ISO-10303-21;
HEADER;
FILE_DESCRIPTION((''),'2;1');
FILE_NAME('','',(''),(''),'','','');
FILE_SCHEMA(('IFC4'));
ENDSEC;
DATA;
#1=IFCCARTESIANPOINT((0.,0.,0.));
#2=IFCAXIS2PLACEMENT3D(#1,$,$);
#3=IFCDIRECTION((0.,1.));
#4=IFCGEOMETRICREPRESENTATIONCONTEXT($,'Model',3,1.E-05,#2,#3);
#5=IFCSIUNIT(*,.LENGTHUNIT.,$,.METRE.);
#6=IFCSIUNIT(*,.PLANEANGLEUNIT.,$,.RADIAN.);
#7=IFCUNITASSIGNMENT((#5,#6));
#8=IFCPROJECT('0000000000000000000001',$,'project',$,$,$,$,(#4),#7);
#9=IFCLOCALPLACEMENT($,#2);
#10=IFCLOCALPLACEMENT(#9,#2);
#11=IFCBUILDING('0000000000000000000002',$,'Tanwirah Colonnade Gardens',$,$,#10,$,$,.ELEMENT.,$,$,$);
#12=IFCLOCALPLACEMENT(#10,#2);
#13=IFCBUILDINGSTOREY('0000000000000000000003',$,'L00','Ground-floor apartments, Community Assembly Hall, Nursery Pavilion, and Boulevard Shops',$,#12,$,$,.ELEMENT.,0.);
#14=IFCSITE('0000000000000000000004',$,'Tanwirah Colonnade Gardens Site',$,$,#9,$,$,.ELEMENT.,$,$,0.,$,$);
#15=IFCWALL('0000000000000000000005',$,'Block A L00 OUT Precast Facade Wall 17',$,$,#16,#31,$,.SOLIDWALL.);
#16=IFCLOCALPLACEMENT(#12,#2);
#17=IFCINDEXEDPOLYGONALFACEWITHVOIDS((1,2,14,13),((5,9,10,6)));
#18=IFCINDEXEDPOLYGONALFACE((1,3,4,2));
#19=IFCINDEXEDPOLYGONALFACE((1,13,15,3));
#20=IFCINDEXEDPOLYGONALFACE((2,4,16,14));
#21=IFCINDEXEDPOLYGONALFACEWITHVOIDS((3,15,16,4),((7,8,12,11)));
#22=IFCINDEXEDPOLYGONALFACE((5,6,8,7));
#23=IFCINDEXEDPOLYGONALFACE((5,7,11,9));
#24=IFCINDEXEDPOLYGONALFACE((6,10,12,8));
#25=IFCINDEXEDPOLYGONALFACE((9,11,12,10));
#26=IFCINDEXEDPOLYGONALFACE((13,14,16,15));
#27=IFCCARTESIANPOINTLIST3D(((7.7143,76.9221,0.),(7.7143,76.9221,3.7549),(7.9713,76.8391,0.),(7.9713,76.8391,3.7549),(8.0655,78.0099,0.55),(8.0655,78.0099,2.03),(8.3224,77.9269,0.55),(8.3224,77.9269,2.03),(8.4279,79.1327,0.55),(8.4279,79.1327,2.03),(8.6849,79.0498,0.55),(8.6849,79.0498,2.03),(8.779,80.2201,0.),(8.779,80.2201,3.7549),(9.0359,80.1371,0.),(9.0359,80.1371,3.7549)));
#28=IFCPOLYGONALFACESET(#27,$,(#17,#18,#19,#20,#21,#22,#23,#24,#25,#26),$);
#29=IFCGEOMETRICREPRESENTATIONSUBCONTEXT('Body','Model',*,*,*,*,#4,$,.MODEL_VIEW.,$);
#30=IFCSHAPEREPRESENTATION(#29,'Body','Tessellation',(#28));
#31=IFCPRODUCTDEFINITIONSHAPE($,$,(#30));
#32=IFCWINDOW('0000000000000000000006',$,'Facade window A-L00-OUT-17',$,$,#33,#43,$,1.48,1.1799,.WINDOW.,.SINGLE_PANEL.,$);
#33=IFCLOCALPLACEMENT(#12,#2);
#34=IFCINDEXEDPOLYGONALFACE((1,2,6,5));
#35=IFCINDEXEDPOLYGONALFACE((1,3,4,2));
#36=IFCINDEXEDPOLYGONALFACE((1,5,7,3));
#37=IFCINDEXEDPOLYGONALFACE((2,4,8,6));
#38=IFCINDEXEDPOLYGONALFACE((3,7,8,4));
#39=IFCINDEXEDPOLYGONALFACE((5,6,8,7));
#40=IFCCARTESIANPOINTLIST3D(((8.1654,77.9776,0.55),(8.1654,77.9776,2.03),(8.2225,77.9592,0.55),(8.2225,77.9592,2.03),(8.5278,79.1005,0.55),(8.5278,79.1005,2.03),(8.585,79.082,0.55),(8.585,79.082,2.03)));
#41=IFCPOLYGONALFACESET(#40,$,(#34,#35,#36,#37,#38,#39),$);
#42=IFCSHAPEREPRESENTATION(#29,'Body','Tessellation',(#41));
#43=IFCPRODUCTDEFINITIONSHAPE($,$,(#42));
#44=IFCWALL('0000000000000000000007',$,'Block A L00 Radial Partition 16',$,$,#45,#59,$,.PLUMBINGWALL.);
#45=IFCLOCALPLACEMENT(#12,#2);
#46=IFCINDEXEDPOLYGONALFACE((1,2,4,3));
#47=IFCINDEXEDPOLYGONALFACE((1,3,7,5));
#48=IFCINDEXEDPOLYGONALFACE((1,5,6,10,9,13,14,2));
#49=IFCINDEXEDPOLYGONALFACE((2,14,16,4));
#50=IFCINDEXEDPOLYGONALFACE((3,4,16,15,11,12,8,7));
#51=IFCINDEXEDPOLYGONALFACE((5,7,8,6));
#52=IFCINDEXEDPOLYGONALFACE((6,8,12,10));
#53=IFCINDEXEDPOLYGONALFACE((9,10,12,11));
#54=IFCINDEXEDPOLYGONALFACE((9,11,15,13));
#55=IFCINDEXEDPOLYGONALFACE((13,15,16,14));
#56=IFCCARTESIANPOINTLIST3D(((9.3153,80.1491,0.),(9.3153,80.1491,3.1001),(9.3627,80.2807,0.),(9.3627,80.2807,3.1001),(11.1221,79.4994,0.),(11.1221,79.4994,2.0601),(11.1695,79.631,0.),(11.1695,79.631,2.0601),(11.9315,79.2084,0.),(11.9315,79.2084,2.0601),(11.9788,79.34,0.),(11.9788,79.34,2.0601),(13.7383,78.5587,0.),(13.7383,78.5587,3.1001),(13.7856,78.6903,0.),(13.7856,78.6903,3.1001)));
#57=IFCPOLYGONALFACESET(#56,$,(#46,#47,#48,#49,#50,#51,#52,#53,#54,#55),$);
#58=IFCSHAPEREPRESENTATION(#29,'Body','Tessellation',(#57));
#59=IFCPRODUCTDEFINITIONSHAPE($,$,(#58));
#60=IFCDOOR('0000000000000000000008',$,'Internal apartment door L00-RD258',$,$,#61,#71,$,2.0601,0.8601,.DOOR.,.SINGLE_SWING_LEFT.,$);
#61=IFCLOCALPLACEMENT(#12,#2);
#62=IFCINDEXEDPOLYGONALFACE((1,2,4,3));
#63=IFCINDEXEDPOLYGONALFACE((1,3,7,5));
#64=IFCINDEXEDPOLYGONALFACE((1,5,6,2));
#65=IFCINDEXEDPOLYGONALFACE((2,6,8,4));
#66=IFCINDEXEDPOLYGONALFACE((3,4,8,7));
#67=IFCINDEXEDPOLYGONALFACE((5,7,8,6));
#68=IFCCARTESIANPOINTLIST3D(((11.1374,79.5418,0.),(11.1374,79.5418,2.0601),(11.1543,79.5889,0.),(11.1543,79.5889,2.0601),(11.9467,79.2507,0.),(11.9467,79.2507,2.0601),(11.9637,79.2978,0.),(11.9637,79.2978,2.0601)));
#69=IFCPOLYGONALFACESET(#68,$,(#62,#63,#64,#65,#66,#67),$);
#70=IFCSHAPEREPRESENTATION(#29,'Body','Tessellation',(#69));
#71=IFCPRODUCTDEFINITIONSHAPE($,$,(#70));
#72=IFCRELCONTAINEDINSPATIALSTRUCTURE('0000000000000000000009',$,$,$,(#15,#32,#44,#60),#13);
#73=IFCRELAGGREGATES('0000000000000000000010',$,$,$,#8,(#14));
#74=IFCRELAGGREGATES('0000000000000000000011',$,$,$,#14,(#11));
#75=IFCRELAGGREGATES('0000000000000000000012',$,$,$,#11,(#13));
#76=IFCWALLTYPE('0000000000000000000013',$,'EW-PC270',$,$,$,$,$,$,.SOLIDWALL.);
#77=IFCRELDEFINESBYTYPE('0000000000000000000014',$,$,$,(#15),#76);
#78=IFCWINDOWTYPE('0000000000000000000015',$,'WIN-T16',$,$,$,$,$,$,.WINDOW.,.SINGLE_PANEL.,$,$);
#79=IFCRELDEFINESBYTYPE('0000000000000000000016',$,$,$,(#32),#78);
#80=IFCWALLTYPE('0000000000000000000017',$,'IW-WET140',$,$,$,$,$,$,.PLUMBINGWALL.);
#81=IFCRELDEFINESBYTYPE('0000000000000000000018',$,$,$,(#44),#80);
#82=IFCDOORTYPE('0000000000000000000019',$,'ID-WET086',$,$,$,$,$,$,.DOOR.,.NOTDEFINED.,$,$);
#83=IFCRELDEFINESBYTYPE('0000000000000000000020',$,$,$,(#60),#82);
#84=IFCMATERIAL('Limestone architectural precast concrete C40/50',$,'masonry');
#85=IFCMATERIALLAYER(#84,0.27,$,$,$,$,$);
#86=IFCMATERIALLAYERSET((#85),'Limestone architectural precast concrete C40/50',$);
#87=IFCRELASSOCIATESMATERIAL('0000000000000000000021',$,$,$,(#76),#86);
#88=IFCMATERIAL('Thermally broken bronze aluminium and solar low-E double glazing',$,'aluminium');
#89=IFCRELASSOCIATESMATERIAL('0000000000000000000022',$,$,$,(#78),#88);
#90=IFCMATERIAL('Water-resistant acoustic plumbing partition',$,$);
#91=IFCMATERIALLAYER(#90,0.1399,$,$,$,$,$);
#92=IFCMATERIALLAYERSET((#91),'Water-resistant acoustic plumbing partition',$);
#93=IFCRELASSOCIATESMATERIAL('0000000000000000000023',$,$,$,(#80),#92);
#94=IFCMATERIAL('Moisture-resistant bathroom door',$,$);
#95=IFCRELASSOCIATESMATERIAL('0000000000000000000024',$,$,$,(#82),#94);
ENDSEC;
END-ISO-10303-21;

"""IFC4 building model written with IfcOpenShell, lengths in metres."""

from ifc_helpers import new_model, si_unit, direction, frame, frame_2d, origin, place, context, subcontext, project, spatial, rectangle, extrude, material, layer, layer_set, type_object, element, fill, save


model = new_model("IFC4")

# Units and contexts
model_context = context("Model", 3, precision=1e-05, world=origin(), true_north=direction((0.0, 1.0)))
body_context = subcontext(model_context, "Body", "Model", "MODEL_VIEW")
ifc_project = project(units=[si_unit("LENGTHUNIT", "METRE"), si_unit("PLANEANGLEUNIT", "RADIAN")], contexts=[model_context])

# Site, building, storey
site_placement = place(None, origin())
site = spatial("IfcSite", under=ifc_project, at=site_placement, Name="Tanwirah Colonnade Gardens Site", CompositionType="ELEMENT", RefElevation=0.0)
building_placement = place(site_placement, origin())
building = spatial("IfcBuilding", under=site, at=building_placement, Name="Tanwirah Colonnade Gardens", CompositionType="ELEMENT")
storey_placement = place(building_placement, origin())
storey = spatial("IfcBuildingStorey", under=building, at=storey_placement, Name="L00", Description="Ground-floor apartments, Community Assembly Hall, Nursery Pavilion, and Boulevard Shops", CompositionType="ELEMENT", Elevation=0.0)

# Wall, opening, window
ifc_material_1 = material(Name="Limestone architectural precast concrete C40/50", Category="masonry")
ifc_layer_1 = layer(ifc_material_1, 0.27)
ifc_layer_set_1 = layer_set([ifc_layer_1], Name="Limestone architectural precast concrete C40/50")
wall_type_1 = type_object("IfcWallType", Name="EW-PC270", PredefinedType="SOLIDWALL", material=ifc_layer_set_1)
wall_1_placement = place(storey_placement, frame((8.9075, 80.1787, 0.0), z_axis=(0.0, 0.0, 1.0), x_axis=(-0.307211, -0.951642, 0.0)))
wall_1 = element("IfcWall", 1, at=wall_1_placement, inside=storey, type_object=wall_type_1, Name="Block A L00 OUT Precast Facade Wall 17", PredefinedType="SOLIDWALL", context=body_context, shape_type="SweptSolid", body=[
    extrude(rectangle(XDim=3.4656, YDim=0.27, at=frame_2d((1.7329, 0.0))), origin(), (0.0, 0.0, 1.0), 3.7549),
])
opening_1_placement = place(wall_1_placement, frame((1.1428, 0.0, 0.55)))
opening_1 = element("IfcOpeningElement", 2, at=opening_1_placement, cuts=wall_1, PredefinedType="OPENING", context=body_context, shape_type="SweptSolid", body=[
    extrude(rectangle(XDim=1.1799, YDim=1.48, at=frame_2d((0.5898, 0.74))), frame((0.0, 0.145, 0.0), z_axis=(0.0, -1.0, 0.0), x_axis=(1.0, 0.0, 0.0)), (0.0, 0.0, 1.0), 0.29),
])
ifc_material_2 = material(Name="Thermally broken bronze aluminium and solar low-E double glazing", Category="aluminium")
window_type = type_object("IfcWindowType", Name="WIN-T16", PartitioningType="SINGLE_PANEL", PredefinedType="WINDOW", material=ifc_material_2)
window_placement = place(opening_1_placement, origin())
window = element("IfcWindow", 3, at=window_placement, inside=storey, type_object=window_type, Name="Facade window A-L00-OUT-17", OverallHeight=1.48, OverallWidth=1.1799, PartitioningType="SINGLE_PANEL", PredefinedType="WINDOW", context=body_context, shape_type="SweptSolid", body=[
    extrude(rectangle(XDim=1.1799, YDim=1.48, at=frame_2d((0.5898, 0.74))), frame((0.0, 0.03, 0.0), z_axis=(0.0, -1.0, 0.0), x_axis=(1.0, 0.0, 0.0)), (0.0, 0.0, 1.0), 0.0601),
])
fill(opening_1, window)

# Wall, opening, door
ifc_material_3 = material(Name="Water-resistant acoustic plumbing partition")
ifc_layer_2 = layer(ifc_material_3, 0.1399)
ifc_layer_set_2 = layer_set([ifc_layer_2], Name="Water-resistant acoustic plumbing partition")
wall_type_2 = type_object("IfcWallType", Name="IW-WET140", PredefinedType="PLUMBINGWALL", material=ifc_layer_set_2)
wall_2_placement = place(storey_placement, frame((13.762, 78.6245, 0.0), z_axis=(0.0, 0.0, 1.0), x_axis=(-0.941016, 0.338363, 0.0)))
wall_2 = element("IfcWall", 4, at=wall_2_placement, inside=storey, type_object=wall_type_2, Name="Block A L00 Radial Partition 16", PredefinedType="PLUMBINGWALL", context=body_context, shape_type="SweptSolid", body=[
    extrude(rectangle(XDim=4.7002, YDim=0.1399, at=frame_2d((2.3501, 0.0))), origin(), (0.0, 0.0, 1.0), 3.1001),
])
opening_2_placement = place(wall_2_placement, frame((1.9199, 0.0, 0.0)))
opening_2 = element("IfcOpeningElement", 5, at=opening_2_placement, cuts=wall_2, PredefinedType="OPENING", context=body_context, shape_type="SweptSolid", body=[
    extrude(rectangle(XDim=0.8601, YDim=2.0601, at=frame_2d((0.4302, 1.03))), frame((0.0, 0.0798, 0.0), z_axis=(0.0, -1.0, 0.0), x_axis=(1.0, 0.0, 0.0)), (0.0, 0.0, 1.0), 0.1599),
])
ifc_material_4 = material(Name="Moisture-resistant bathroom door")
door_type_1 = type_object("IfcDoorType", Name="ID-WET086", OperationType="NOTDEFINED", PredefinedType="DOOR", material=ifc_material_4)
door_1_placement = place(opening_2_placement, origin())
door_1 = element("IfcDoor", 6, at=door_1_placement, inside=storey, type_object=door_type_1, Name="Internal apartment door L00-RD258", OperationType="SINGLE_SWING_LEFT", OverallHeight=2.0601, OverallWidth=0.8601, PredefinedType="DOOR", context=body_context, shape_type="SweptSolid", body=[
    extrude(rectangle(XDim=0.8601, YDim=2.0601, at=frame_2d((0.4302, 1.03))), frame((0.0, 0.0249, 0.0), z_axis=(0.0, -1.0, 0.0), x_axis=(1.0, 0.0, 0.0)), (0.0, 0.0, 1.0), 0.05),
])
fill(opening_2, door_1)

save(model, "model.ifc")
